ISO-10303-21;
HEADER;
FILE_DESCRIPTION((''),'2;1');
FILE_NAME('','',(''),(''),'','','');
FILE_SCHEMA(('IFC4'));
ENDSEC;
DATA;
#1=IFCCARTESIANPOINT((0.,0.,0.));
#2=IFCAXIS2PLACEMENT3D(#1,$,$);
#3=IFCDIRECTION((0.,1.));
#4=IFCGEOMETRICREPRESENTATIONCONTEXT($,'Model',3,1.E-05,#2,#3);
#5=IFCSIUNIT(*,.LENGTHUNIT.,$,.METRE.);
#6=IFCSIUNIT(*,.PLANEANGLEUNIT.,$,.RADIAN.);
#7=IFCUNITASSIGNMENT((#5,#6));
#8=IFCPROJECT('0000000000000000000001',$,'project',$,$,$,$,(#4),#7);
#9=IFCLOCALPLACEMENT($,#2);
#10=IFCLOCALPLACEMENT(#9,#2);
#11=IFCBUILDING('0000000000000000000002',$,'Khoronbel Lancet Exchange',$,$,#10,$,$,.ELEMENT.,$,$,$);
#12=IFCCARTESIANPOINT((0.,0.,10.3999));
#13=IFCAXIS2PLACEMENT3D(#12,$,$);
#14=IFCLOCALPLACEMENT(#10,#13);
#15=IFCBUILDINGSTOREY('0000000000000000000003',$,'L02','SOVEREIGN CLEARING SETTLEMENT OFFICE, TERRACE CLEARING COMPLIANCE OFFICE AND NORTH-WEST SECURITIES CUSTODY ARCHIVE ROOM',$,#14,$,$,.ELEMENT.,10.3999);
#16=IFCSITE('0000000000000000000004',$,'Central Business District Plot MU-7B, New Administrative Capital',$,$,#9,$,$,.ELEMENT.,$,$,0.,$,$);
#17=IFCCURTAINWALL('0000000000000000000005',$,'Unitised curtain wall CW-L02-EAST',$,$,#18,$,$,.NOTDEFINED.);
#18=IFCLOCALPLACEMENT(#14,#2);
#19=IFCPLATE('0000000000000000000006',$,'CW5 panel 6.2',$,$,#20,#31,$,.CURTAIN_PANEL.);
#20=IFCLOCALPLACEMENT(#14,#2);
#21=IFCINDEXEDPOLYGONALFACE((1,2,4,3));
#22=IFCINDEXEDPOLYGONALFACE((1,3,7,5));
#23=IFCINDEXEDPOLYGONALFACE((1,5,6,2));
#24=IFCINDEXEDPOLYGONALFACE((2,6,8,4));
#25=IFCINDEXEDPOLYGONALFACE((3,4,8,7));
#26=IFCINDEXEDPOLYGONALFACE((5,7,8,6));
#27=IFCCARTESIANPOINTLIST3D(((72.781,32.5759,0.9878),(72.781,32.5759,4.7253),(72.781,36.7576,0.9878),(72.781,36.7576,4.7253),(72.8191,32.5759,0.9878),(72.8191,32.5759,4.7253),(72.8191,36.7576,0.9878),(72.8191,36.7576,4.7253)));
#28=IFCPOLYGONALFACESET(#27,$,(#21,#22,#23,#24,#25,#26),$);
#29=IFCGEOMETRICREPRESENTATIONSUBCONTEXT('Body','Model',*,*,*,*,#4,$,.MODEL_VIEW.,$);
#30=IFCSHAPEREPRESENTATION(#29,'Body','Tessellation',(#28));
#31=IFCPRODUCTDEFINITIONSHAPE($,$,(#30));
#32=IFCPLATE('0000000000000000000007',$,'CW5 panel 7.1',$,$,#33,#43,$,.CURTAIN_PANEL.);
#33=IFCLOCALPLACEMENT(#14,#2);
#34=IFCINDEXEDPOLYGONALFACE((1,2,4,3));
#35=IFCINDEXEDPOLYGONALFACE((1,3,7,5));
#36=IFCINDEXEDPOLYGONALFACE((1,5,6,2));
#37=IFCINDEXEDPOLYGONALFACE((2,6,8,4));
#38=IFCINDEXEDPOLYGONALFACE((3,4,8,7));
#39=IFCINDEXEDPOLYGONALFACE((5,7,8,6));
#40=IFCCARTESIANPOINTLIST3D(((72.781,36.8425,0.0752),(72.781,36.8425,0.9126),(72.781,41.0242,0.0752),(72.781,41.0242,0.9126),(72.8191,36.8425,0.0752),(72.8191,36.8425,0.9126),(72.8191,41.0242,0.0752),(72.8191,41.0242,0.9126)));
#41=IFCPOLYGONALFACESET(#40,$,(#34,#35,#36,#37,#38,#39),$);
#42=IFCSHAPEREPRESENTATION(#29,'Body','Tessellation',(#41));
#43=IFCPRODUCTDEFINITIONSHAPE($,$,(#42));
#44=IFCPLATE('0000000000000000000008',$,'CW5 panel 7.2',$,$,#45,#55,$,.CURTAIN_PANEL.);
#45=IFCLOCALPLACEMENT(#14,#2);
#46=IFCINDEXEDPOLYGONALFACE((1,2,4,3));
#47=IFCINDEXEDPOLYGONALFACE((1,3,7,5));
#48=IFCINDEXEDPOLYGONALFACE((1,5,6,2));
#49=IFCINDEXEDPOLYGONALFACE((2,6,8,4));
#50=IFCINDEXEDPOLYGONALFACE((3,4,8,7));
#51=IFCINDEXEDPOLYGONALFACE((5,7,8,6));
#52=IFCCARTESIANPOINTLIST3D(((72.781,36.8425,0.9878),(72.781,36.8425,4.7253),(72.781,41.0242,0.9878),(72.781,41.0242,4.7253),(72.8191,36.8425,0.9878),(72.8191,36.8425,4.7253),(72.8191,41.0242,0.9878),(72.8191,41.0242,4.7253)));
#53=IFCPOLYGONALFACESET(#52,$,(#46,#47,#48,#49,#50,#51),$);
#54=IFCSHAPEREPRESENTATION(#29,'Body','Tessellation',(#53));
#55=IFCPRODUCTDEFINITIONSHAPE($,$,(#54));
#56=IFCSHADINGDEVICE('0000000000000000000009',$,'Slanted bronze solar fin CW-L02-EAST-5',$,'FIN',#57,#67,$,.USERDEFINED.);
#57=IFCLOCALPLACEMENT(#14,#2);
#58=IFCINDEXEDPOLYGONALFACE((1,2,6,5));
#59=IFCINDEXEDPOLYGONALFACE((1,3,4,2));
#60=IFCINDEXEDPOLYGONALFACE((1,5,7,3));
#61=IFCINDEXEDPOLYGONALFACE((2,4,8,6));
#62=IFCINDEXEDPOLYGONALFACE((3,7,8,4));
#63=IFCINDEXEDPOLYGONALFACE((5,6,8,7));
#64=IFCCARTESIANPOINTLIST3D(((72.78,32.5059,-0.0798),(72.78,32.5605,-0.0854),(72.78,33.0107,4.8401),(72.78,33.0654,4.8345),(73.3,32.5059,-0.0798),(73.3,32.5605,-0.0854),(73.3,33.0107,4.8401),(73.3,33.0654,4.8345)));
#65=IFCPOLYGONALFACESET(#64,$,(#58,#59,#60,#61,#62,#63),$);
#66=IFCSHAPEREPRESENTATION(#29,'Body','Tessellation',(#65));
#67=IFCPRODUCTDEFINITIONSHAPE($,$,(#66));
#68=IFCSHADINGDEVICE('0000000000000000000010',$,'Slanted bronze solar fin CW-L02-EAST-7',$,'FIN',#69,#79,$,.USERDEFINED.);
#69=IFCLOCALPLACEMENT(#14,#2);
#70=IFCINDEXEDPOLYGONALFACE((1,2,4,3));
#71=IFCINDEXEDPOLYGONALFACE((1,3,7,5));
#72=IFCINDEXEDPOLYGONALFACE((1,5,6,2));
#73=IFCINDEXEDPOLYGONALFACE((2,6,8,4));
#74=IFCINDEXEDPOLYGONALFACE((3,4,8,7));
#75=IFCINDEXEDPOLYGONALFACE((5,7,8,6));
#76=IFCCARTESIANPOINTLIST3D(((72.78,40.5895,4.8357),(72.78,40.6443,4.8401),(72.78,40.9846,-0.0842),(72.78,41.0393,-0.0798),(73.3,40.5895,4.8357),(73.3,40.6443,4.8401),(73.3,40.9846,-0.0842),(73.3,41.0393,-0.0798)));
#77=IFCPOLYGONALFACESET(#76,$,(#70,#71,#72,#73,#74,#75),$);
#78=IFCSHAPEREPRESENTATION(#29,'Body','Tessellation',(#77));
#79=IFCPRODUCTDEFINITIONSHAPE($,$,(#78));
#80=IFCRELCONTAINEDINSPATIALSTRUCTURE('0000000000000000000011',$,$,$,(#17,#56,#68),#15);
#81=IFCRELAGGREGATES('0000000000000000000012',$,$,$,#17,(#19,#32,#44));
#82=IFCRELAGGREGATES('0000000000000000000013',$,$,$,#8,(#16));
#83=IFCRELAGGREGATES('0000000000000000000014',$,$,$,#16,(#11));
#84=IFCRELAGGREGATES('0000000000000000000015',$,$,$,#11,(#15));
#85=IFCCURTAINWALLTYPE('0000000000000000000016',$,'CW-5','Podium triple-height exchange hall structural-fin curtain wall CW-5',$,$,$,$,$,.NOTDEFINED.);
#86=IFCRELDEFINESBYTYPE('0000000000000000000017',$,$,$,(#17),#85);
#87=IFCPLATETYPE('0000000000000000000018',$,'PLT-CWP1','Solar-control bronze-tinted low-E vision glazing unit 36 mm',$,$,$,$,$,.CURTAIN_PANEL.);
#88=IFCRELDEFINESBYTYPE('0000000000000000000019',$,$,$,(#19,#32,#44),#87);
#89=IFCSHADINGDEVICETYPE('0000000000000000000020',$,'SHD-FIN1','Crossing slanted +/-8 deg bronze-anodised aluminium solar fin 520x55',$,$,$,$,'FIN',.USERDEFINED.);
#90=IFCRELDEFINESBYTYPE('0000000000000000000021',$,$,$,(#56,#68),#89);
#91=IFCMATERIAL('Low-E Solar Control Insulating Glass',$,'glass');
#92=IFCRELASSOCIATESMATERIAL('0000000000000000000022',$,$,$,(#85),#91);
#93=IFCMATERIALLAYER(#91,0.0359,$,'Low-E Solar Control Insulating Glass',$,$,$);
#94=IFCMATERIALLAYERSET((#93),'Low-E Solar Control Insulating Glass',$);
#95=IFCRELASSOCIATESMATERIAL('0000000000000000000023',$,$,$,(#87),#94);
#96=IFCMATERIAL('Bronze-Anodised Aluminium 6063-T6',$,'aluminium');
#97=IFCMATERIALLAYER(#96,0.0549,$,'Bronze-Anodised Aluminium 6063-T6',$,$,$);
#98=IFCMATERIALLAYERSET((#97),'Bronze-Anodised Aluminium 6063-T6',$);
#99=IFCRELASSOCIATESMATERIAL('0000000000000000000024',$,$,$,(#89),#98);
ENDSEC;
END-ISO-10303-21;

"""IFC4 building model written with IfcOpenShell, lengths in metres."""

from ifc_helpers import new_model, si_unit, direction, frame, origin, origin_2d, place, context, subcontext, project, spatial, polyline, rectangle, outline, extrude, material, layer, layer_set, type_object, element, aggregate, save


model = new_model("IFC4")

# Units and contexts
model_context = context("Model", 3, precision=1e-05, world=origin(), true_north=direction((0.0, 1.0)))
body_context = subcontext(model_context, "Body", "Model", "MODEL_VIEW")
ifc_project = project(units=[si_unit("LENGTHUNIT", "METRE"), si_unit("PLANEANGLEUNIT", "RADIAN")], contexts=[model_context])

# Site, building, storey
site_placement = place(None, origin())
site = spatial("IfcSite", under=ifc_project, at=site_placement, Name="Central Business District Plot MU-7B, New Administrative Capital", CompositionType="ELEMENT", RefElevation=0.0)
building_placement = place(site_placement, origin())
building = spatial("IfcBuilding", under=site, at=building_placement, Name="Khoronbel Lancet Exchange", CompositionType="ELEMENT")
storey_placement = place(building_placement, frame((0.0, 0.0, 10.3999)))
storey = spatial("IfcBuildingStorey", under=building, at=storey_placement, Name="L02", Description="SOVEREIGN CLEARING SETTLEMENT OFFICE, TERRACE CLEARING COMPLIANCE OFFICE AND NORTH-WEST SECURITIES CUSTODY ARCHIVE ROOM", CompositionType="ELEMENT", Elevation=10.3999)

# Curtain wall, plates
ifc_material_1 = material(Name="Low-E Solar Control Insulating Glass", Category="glass")
curtain_wall_type = type_object("IfcCurtainWallType", Name="CW-5", Description="Podium triple-height exchange hall structural-fin curtain wall CW-5", PredefinedType="NOTDEFINED", material=ifc_material_1)
curtain_wall_placement = place(storey_placement, origin())
curtain_wall = element("IfcCurtainWall", 1, at=curtain_wall_placement, inside=storey, type_object=curtain_wall_type, Name="Unitised curtain wall CW-L02-EAST", PredefinedType="NOTDEFINED")
ifc_material_2 = material(Name="Bronze-Anodised Aluminium 6063-T6", Category="aluminium")
ifc_layer_1 = layer(ifc_material_1, 0.0359, Name="Low-E Solar Control Insulating Glass")
ifc_layer_set_1 = layer_set([ifc_layer_1], Name="Low-E Solar Control Insulating Glass")
plate_type = type_object("IfcPlateType", Name="PLT-CWP1", Description="Solar-control bronze-tinted low-E vision glazing unit 36 mm", PredefinedType="CURTAIN_PANEL", material=ifc_layer_set_1)
plate_1_placement = place(storey_placement, frame((72.8, 34.6667, 0.9878), z_axis=(0.0, 0.0, 1.0), x_axis=(0.0, 1.0, 0.0)))
plate_1 = element("IfcPlate", 2, at=plate_1_placement, type_object=plate_type, Name="CW5 panel 6.2", PredefinedType="CURTAIN_PANEL", context=body_context, shape_type="SweptSolid", body=[
    extrude(rectangle(XDim=4.1816, YDim=0.0381, at=origin_2d()), origin(), (0.0, 0.0, 1.0), 3.7375),
])
plate_2_placement = place(storey_placement, frame((72.8, 38.9333, 0.0752), z_axis=(0.0, 0.0, 1.0), x_axis=(0.0, 1.0, 0.0)))
plate_2 = element("IfcPlate", 3, at=plate_2_placement, type_object=plate_type, Name="CW5 panel 7.1", PredefinedType="CURTAIN_PANEL", context=body_context, shape_type="SweptSolid", body=[
    extrude(rectangle(XDim=4.1816, YDim=0.0381, at=origin_2d()), origin(), (0.0, 0.0, 1.0), 0.8374),
])
plate_3_placement = place(storey_placement, frame((72.8, 38.9333, 0.9878), z_axis=(0.0, 0.0, 1.0), x_axis=(0.0, 1.0, 0.0)))
plate_3 = element("IfcPlate", 4, at=plate_3_placement, type_object=plate_type, Name="CW5 panel 7.2", PredefinedType="CURTAIN_PANEL", context=body_context, shape_type="SweptSolid", body=[
    extrude(rectangle(XDim=4.1816, YDim=0.0381, at=origin_2d()), origin(), (0.0, 0.0, 1.0), 3.7375),
])
aggregate(curtain_wall, [plate_1, plate_2, plate_3])

# Shading devices
ifc_layer_2 = layer(ifc_material_2, 0.0549, Name="Bronze-Anodised Aluminium 6063-T6")
ifc_layer_set_2 = layer_set([ifc_layer_2], Name="Bronze-Anodised Aluminium 6063-T6")
shading_device_type = type_object("IfcShadingDeviceType", Name="SHD-FIN1", Description="Crossing slanted +/-8 deg bronze-anodised aluminium solar fin 520x55", ElementType="FIN", PredefinedType="USERDEFINED", material=ifc_layer_set_2)
shading_device_1_placement = place(storey_placement, frame((72.78, 32.5059, -0.0798), z_axis=(0.0, -0.994776, 0.102084), x_axis=(1.0, 0.0, 0.0)))
element("IfcShadingDevice", 5, at=shading_device_1_placement, inside=storey, type_object=shading_device_type, Name="Slanted bronze solar fin CW-L02-EAST-5", ObjectType="FIN", PredefinedType="USERDEFINED", context=body_context, shape_type="SweptSolid", body=[
    extrude(outline(polyline([(0.0, 0.0), (0.52, 0.0), (0.52, 4.9458), (0.0, 4.9458), (0.0, 0.0)])), origin(), (0.0, 0.0, -1.0), 0.0549),
])
shading_device_2_placement = place(storey_placement, frame((72.78, 41.0393, -0.0798), z_axis=(0.0, 0.996792, 0.080032), x_axis=(1.0, 0.0, 0.0)))
element("IfcShadingDevice", 6, at=shading_device_2_placement, inside=storey, type_object=shading_device_type, Name="Slanted bronze solar fin CW-L02-EAST-7", ObjectType="FIN", PredefinedType="USERDEFINED", context=body_context, shape_type="SweptSolid", body=[
    extrude(outline(polyline([(0.0, 0.0), (0.52, 0.0), (0.52, -4.9358), (0.0, -4.9358), (0.0, 0.0)])), origin(), (0.0, 0.0, -1.0), 0.0549),
])

save(model, "model.ifc")
